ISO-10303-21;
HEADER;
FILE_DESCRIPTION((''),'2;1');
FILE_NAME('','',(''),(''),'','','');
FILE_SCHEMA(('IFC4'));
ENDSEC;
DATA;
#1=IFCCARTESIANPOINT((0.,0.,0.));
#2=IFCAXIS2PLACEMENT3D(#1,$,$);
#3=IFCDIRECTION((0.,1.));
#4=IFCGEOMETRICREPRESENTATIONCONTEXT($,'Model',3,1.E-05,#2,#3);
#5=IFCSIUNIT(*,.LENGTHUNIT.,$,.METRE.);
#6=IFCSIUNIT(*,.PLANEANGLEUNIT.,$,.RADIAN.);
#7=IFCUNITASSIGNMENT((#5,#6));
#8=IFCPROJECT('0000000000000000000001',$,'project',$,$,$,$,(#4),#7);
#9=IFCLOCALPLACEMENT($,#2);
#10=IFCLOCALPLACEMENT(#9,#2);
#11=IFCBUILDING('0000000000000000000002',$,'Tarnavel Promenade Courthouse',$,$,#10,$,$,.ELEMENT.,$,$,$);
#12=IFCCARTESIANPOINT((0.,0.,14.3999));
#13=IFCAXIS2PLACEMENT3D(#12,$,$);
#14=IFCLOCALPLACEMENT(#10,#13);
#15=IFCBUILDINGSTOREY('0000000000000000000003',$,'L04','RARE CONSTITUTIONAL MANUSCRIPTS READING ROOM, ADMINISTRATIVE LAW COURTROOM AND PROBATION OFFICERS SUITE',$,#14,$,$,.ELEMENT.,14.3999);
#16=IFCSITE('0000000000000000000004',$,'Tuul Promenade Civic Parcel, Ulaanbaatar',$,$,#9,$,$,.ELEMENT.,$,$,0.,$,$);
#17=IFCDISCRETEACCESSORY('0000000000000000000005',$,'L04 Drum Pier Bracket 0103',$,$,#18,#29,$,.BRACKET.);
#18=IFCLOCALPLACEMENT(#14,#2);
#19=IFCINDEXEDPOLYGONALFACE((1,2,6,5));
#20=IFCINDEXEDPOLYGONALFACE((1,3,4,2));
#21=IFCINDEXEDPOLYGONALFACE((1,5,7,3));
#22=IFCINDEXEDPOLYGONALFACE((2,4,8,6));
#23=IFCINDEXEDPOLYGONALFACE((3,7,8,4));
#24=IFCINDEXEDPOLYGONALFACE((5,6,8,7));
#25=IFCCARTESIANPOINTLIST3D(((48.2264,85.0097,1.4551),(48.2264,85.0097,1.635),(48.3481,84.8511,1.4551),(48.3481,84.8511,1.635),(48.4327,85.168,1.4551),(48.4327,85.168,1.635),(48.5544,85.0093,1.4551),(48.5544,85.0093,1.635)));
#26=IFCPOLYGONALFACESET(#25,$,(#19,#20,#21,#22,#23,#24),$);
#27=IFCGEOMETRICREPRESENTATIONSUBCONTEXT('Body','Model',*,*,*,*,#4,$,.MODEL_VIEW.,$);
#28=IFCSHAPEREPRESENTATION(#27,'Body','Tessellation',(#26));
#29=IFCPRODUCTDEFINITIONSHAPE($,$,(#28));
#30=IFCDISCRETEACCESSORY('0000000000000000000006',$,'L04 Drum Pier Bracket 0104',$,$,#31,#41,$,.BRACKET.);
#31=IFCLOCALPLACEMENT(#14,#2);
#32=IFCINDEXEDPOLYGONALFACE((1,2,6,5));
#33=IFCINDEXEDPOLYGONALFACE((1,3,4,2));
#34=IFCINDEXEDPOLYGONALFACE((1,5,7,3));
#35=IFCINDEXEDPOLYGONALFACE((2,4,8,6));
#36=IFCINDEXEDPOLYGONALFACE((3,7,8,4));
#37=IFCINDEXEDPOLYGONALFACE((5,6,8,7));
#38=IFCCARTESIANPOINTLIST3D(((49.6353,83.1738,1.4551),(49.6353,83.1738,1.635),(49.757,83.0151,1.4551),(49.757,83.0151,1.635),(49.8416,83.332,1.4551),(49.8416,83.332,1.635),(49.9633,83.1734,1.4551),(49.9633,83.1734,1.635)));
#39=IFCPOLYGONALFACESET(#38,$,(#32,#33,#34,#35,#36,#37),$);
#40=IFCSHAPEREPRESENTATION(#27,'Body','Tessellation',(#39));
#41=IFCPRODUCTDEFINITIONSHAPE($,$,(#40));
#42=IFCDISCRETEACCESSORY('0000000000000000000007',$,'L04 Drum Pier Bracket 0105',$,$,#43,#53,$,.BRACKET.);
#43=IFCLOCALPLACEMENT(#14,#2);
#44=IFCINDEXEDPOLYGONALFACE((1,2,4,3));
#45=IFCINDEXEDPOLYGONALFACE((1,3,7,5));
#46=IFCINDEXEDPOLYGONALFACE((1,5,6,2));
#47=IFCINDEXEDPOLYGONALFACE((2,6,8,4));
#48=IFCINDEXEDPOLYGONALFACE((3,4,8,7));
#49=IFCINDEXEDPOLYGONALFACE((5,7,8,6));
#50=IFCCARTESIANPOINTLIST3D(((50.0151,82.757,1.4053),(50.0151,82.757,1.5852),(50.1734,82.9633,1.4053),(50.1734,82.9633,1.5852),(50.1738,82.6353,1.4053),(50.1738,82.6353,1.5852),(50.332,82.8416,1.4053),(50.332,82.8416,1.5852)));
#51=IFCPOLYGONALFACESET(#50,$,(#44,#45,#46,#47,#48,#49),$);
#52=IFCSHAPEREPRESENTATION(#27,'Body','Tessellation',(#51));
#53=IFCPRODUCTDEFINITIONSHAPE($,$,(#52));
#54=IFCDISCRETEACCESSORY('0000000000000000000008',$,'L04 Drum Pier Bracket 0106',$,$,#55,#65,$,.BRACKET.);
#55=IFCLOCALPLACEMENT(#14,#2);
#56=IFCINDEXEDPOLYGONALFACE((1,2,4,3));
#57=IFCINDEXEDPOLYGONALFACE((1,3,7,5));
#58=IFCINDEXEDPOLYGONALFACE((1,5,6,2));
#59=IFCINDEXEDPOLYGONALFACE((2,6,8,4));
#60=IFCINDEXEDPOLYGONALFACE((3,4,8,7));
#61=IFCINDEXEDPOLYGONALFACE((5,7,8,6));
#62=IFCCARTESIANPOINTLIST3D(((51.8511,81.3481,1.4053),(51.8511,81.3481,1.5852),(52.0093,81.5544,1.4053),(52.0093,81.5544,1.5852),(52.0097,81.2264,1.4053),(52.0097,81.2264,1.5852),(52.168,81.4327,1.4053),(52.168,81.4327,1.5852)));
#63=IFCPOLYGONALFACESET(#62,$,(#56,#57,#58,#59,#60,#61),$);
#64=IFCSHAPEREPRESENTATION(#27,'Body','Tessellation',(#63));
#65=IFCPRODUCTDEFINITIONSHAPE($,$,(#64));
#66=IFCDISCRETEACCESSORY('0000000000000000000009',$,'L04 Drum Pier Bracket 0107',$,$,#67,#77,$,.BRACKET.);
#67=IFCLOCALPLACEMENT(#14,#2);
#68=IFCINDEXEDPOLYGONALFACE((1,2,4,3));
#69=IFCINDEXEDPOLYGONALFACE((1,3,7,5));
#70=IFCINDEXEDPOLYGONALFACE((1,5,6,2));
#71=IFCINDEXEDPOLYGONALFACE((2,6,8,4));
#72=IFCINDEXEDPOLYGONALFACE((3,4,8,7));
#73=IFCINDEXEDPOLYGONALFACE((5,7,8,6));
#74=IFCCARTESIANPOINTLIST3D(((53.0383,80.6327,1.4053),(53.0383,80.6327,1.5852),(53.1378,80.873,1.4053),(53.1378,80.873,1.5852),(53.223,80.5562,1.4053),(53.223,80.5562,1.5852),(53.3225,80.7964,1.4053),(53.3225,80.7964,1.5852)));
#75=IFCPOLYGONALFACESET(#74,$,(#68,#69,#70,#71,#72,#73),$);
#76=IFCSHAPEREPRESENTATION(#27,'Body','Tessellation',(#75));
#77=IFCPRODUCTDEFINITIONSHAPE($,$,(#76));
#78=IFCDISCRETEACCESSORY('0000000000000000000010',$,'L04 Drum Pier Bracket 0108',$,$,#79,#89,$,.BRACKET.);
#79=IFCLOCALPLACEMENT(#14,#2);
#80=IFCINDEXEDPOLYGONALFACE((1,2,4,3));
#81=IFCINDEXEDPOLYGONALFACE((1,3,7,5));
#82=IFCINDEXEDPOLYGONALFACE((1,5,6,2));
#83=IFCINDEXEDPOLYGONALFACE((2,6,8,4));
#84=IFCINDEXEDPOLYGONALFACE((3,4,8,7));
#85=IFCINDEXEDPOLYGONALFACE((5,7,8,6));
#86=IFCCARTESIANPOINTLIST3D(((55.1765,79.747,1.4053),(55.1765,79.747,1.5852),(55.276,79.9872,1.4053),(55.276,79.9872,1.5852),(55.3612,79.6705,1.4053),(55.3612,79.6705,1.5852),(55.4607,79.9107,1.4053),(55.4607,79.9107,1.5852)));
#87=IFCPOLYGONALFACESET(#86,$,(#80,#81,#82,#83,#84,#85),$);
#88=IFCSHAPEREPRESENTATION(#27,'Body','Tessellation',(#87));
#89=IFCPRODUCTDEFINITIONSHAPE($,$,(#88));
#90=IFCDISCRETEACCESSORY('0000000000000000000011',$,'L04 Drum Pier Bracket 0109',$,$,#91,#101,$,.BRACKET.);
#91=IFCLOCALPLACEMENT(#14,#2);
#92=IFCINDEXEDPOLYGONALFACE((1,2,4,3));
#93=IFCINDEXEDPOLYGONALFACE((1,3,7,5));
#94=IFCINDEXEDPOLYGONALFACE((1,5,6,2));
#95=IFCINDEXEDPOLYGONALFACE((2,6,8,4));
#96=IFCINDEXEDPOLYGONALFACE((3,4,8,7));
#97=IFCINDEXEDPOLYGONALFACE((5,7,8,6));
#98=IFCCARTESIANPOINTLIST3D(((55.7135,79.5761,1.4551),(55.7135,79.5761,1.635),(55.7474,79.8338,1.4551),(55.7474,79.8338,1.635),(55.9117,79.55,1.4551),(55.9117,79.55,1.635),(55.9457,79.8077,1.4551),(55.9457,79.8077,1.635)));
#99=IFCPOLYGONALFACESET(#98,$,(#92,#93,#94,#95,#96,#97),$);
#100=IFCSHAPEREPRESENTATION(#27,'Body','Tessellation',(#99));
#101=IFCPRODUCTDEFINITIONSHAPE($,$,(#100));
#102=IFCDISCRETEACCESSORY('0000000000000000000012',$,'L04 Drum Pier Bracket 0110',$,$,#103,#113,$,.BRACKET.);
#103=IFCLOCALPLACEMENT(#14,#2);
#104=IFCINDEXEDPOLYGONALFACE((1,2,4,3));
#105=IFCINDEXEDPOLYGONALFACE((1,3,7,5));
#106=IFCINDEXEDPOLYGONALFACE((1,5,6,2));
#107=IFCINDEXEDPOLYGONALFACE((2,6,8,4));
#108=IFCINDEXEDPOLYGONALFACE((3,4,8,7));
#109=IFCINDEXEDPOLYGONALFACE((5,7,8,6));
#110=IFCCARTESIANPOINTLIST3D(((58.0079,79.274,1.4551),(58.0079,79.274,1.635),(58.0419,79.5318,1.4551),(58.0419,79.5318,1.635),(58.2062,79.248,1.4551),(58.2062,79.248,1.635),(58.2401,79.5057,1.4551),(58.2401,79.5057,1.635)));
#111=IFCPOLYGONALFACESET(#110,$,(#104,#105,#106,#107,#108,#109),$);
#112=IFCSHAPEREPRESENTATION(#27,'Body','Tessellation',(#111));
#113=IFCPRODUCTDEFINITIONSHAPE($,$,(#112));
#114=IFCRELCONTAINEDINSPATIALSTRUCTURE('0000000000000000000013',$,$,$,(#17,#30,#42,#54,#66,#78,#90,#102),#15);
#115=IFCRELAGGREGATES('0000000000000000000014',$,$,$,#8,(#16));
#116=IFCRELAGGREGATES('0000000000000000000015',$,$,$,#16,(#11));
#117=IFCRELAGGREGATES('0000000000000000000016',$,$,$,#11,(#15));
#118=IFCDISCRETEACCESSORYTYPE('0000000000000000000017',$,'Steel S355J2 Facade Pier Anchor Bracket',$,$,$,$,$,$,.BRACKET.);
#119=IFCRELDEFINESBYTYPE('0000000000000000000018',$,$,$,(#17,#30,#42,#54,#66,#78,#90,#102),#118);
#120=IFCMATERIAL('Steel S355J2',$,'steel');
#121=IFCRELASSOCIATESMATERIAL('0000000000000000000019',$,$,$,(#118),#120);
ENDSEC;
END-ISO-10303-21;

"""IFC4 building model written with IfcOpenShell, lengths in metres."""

from ifc_helpers import new_model, si_unit, direction, frame, origin, origin_2d, place, context, subcontext, project, spatial, rectangle, extrude, material, type_object, element, save


model = new_model("IFC4")

# Units and contexts
model_context = context("Model", 3, precision=1e-05, world=origin(), true_north=direction((0.0, 1.0)))
body_context = subcontext(model_context, "Body", "Model", "MODEL_VIEW")
ifc_project = project(units=[si_unit("LENGTHUNIT", "METRE"), si_unit("PLANEANGLEUNIT", "RADIAN")], contexts=[model_context])

# Site, building, storey
site_placement = place(None, origin())
site = spatial("IfcSite", under=ifc_project, at=site_placement, Name="Tuul Promenade Civic Parcel, Ulaanbaatar", CompositionType="ELEMENT", RefElevation=0.0)
building_placement = place(site_placement, origin())
building = spatial("IfcBuilding", under=site, at=building_placement, Name="Tarnavel Promenade Courthouse", CompositionType="ELEMENT")
storey_placement = place(building_placement, frame((0.0, 0.0, 14.3999)))
storey = spatial("IfcBuildingStorey", under=building, at=storey_placement, Name="L04", Description="RARE CONSTITUTIONAL MANUSCRIPTS READING ROOM, ADMINISTRATIVE LAW COURTROOM AND PROBATION OFFICERS SUITE", CompositionType="ELEMENT", Elevation=14.3999)

# Shared definitions
ifc_material_1 = material(Name="Steel S355J2", Category="steel")

# Discrete accessories
discrete_accessory_type = type_object("IfcDiscreteAccessoryType", Name="Steel S355J2 Facade Pier Anchor Bracket", PredefinedType="BRACKET", material=ifc_material_1)
for number, where, z_axis, x_axis, name in (
    (1, (48.3904, 85.0095, 1.4551), (0.0, 0.0, 1.0), (0.608761, -0.793353, 0.0), "L04 Drum Pier Bracket 0103"),
    (2, (49.7993, 83.1736, 1.4551), (0.0, 0.0, 1.0), (0.608761, -0.793353, 0.0), "L04 Drum Pier Bracket 0104"),
    (3, (50.1736, 82.7993, 1.4053), (0.0, 0.0, 1.0), (0.793353, -0.608761, 0.0), "L04 Drum Pier Bracket 0105"),
    (4, (52.0095, 81.3904, 1.4053), (0.0, 0.0, 1.0), (0.793353, -0.608761, 0.0), "L04 Drum Pier Bracket 0106"),
    (5, (53.1804, 80.7146, 1.4053), (0.0, 0.0, 1.0), (0.92388, -0.382683, 0.0), "L04 Drum Pier Bracket 0107"),
    (6, (55.3186, 79.8289, 1.4053), (0.0, 0.0, 1.0), (0.92388, -0.382683, 0.0), "L04 Drum Pier Bracket 0108"),
    (7, (55.8296, 79.6919, 1.4551), (0.0, 0.0, 1.0), (0.991445, -0.130526, 0.0), "L04 Drum Pier Bracket 0109"),
    (8, (58.124, 79.3899, 1.4551), (0.0, 0.0, 1.0), (0.991445, -0.130526, 0.0), "L04 Drum Pier Bracket 0110"),
):
    element("IfcDiscreteAccessory", number, at=place(storey_placement, frame(where, z_axis=z_axis, x_axis=x_axis)), inside=storey, type_object=discrete_accessory_type, Name=name, PredefinedType="BRACKET", context=body_context, shape_type="SweptSolid", body=[
        extrude(rectangle(XDim=0.2, YDim=0.26, at=origin_2d()), origin(), (0.0, 0.0, 1.0), 0.1799),
    ])

save(model, "model.ifc")
